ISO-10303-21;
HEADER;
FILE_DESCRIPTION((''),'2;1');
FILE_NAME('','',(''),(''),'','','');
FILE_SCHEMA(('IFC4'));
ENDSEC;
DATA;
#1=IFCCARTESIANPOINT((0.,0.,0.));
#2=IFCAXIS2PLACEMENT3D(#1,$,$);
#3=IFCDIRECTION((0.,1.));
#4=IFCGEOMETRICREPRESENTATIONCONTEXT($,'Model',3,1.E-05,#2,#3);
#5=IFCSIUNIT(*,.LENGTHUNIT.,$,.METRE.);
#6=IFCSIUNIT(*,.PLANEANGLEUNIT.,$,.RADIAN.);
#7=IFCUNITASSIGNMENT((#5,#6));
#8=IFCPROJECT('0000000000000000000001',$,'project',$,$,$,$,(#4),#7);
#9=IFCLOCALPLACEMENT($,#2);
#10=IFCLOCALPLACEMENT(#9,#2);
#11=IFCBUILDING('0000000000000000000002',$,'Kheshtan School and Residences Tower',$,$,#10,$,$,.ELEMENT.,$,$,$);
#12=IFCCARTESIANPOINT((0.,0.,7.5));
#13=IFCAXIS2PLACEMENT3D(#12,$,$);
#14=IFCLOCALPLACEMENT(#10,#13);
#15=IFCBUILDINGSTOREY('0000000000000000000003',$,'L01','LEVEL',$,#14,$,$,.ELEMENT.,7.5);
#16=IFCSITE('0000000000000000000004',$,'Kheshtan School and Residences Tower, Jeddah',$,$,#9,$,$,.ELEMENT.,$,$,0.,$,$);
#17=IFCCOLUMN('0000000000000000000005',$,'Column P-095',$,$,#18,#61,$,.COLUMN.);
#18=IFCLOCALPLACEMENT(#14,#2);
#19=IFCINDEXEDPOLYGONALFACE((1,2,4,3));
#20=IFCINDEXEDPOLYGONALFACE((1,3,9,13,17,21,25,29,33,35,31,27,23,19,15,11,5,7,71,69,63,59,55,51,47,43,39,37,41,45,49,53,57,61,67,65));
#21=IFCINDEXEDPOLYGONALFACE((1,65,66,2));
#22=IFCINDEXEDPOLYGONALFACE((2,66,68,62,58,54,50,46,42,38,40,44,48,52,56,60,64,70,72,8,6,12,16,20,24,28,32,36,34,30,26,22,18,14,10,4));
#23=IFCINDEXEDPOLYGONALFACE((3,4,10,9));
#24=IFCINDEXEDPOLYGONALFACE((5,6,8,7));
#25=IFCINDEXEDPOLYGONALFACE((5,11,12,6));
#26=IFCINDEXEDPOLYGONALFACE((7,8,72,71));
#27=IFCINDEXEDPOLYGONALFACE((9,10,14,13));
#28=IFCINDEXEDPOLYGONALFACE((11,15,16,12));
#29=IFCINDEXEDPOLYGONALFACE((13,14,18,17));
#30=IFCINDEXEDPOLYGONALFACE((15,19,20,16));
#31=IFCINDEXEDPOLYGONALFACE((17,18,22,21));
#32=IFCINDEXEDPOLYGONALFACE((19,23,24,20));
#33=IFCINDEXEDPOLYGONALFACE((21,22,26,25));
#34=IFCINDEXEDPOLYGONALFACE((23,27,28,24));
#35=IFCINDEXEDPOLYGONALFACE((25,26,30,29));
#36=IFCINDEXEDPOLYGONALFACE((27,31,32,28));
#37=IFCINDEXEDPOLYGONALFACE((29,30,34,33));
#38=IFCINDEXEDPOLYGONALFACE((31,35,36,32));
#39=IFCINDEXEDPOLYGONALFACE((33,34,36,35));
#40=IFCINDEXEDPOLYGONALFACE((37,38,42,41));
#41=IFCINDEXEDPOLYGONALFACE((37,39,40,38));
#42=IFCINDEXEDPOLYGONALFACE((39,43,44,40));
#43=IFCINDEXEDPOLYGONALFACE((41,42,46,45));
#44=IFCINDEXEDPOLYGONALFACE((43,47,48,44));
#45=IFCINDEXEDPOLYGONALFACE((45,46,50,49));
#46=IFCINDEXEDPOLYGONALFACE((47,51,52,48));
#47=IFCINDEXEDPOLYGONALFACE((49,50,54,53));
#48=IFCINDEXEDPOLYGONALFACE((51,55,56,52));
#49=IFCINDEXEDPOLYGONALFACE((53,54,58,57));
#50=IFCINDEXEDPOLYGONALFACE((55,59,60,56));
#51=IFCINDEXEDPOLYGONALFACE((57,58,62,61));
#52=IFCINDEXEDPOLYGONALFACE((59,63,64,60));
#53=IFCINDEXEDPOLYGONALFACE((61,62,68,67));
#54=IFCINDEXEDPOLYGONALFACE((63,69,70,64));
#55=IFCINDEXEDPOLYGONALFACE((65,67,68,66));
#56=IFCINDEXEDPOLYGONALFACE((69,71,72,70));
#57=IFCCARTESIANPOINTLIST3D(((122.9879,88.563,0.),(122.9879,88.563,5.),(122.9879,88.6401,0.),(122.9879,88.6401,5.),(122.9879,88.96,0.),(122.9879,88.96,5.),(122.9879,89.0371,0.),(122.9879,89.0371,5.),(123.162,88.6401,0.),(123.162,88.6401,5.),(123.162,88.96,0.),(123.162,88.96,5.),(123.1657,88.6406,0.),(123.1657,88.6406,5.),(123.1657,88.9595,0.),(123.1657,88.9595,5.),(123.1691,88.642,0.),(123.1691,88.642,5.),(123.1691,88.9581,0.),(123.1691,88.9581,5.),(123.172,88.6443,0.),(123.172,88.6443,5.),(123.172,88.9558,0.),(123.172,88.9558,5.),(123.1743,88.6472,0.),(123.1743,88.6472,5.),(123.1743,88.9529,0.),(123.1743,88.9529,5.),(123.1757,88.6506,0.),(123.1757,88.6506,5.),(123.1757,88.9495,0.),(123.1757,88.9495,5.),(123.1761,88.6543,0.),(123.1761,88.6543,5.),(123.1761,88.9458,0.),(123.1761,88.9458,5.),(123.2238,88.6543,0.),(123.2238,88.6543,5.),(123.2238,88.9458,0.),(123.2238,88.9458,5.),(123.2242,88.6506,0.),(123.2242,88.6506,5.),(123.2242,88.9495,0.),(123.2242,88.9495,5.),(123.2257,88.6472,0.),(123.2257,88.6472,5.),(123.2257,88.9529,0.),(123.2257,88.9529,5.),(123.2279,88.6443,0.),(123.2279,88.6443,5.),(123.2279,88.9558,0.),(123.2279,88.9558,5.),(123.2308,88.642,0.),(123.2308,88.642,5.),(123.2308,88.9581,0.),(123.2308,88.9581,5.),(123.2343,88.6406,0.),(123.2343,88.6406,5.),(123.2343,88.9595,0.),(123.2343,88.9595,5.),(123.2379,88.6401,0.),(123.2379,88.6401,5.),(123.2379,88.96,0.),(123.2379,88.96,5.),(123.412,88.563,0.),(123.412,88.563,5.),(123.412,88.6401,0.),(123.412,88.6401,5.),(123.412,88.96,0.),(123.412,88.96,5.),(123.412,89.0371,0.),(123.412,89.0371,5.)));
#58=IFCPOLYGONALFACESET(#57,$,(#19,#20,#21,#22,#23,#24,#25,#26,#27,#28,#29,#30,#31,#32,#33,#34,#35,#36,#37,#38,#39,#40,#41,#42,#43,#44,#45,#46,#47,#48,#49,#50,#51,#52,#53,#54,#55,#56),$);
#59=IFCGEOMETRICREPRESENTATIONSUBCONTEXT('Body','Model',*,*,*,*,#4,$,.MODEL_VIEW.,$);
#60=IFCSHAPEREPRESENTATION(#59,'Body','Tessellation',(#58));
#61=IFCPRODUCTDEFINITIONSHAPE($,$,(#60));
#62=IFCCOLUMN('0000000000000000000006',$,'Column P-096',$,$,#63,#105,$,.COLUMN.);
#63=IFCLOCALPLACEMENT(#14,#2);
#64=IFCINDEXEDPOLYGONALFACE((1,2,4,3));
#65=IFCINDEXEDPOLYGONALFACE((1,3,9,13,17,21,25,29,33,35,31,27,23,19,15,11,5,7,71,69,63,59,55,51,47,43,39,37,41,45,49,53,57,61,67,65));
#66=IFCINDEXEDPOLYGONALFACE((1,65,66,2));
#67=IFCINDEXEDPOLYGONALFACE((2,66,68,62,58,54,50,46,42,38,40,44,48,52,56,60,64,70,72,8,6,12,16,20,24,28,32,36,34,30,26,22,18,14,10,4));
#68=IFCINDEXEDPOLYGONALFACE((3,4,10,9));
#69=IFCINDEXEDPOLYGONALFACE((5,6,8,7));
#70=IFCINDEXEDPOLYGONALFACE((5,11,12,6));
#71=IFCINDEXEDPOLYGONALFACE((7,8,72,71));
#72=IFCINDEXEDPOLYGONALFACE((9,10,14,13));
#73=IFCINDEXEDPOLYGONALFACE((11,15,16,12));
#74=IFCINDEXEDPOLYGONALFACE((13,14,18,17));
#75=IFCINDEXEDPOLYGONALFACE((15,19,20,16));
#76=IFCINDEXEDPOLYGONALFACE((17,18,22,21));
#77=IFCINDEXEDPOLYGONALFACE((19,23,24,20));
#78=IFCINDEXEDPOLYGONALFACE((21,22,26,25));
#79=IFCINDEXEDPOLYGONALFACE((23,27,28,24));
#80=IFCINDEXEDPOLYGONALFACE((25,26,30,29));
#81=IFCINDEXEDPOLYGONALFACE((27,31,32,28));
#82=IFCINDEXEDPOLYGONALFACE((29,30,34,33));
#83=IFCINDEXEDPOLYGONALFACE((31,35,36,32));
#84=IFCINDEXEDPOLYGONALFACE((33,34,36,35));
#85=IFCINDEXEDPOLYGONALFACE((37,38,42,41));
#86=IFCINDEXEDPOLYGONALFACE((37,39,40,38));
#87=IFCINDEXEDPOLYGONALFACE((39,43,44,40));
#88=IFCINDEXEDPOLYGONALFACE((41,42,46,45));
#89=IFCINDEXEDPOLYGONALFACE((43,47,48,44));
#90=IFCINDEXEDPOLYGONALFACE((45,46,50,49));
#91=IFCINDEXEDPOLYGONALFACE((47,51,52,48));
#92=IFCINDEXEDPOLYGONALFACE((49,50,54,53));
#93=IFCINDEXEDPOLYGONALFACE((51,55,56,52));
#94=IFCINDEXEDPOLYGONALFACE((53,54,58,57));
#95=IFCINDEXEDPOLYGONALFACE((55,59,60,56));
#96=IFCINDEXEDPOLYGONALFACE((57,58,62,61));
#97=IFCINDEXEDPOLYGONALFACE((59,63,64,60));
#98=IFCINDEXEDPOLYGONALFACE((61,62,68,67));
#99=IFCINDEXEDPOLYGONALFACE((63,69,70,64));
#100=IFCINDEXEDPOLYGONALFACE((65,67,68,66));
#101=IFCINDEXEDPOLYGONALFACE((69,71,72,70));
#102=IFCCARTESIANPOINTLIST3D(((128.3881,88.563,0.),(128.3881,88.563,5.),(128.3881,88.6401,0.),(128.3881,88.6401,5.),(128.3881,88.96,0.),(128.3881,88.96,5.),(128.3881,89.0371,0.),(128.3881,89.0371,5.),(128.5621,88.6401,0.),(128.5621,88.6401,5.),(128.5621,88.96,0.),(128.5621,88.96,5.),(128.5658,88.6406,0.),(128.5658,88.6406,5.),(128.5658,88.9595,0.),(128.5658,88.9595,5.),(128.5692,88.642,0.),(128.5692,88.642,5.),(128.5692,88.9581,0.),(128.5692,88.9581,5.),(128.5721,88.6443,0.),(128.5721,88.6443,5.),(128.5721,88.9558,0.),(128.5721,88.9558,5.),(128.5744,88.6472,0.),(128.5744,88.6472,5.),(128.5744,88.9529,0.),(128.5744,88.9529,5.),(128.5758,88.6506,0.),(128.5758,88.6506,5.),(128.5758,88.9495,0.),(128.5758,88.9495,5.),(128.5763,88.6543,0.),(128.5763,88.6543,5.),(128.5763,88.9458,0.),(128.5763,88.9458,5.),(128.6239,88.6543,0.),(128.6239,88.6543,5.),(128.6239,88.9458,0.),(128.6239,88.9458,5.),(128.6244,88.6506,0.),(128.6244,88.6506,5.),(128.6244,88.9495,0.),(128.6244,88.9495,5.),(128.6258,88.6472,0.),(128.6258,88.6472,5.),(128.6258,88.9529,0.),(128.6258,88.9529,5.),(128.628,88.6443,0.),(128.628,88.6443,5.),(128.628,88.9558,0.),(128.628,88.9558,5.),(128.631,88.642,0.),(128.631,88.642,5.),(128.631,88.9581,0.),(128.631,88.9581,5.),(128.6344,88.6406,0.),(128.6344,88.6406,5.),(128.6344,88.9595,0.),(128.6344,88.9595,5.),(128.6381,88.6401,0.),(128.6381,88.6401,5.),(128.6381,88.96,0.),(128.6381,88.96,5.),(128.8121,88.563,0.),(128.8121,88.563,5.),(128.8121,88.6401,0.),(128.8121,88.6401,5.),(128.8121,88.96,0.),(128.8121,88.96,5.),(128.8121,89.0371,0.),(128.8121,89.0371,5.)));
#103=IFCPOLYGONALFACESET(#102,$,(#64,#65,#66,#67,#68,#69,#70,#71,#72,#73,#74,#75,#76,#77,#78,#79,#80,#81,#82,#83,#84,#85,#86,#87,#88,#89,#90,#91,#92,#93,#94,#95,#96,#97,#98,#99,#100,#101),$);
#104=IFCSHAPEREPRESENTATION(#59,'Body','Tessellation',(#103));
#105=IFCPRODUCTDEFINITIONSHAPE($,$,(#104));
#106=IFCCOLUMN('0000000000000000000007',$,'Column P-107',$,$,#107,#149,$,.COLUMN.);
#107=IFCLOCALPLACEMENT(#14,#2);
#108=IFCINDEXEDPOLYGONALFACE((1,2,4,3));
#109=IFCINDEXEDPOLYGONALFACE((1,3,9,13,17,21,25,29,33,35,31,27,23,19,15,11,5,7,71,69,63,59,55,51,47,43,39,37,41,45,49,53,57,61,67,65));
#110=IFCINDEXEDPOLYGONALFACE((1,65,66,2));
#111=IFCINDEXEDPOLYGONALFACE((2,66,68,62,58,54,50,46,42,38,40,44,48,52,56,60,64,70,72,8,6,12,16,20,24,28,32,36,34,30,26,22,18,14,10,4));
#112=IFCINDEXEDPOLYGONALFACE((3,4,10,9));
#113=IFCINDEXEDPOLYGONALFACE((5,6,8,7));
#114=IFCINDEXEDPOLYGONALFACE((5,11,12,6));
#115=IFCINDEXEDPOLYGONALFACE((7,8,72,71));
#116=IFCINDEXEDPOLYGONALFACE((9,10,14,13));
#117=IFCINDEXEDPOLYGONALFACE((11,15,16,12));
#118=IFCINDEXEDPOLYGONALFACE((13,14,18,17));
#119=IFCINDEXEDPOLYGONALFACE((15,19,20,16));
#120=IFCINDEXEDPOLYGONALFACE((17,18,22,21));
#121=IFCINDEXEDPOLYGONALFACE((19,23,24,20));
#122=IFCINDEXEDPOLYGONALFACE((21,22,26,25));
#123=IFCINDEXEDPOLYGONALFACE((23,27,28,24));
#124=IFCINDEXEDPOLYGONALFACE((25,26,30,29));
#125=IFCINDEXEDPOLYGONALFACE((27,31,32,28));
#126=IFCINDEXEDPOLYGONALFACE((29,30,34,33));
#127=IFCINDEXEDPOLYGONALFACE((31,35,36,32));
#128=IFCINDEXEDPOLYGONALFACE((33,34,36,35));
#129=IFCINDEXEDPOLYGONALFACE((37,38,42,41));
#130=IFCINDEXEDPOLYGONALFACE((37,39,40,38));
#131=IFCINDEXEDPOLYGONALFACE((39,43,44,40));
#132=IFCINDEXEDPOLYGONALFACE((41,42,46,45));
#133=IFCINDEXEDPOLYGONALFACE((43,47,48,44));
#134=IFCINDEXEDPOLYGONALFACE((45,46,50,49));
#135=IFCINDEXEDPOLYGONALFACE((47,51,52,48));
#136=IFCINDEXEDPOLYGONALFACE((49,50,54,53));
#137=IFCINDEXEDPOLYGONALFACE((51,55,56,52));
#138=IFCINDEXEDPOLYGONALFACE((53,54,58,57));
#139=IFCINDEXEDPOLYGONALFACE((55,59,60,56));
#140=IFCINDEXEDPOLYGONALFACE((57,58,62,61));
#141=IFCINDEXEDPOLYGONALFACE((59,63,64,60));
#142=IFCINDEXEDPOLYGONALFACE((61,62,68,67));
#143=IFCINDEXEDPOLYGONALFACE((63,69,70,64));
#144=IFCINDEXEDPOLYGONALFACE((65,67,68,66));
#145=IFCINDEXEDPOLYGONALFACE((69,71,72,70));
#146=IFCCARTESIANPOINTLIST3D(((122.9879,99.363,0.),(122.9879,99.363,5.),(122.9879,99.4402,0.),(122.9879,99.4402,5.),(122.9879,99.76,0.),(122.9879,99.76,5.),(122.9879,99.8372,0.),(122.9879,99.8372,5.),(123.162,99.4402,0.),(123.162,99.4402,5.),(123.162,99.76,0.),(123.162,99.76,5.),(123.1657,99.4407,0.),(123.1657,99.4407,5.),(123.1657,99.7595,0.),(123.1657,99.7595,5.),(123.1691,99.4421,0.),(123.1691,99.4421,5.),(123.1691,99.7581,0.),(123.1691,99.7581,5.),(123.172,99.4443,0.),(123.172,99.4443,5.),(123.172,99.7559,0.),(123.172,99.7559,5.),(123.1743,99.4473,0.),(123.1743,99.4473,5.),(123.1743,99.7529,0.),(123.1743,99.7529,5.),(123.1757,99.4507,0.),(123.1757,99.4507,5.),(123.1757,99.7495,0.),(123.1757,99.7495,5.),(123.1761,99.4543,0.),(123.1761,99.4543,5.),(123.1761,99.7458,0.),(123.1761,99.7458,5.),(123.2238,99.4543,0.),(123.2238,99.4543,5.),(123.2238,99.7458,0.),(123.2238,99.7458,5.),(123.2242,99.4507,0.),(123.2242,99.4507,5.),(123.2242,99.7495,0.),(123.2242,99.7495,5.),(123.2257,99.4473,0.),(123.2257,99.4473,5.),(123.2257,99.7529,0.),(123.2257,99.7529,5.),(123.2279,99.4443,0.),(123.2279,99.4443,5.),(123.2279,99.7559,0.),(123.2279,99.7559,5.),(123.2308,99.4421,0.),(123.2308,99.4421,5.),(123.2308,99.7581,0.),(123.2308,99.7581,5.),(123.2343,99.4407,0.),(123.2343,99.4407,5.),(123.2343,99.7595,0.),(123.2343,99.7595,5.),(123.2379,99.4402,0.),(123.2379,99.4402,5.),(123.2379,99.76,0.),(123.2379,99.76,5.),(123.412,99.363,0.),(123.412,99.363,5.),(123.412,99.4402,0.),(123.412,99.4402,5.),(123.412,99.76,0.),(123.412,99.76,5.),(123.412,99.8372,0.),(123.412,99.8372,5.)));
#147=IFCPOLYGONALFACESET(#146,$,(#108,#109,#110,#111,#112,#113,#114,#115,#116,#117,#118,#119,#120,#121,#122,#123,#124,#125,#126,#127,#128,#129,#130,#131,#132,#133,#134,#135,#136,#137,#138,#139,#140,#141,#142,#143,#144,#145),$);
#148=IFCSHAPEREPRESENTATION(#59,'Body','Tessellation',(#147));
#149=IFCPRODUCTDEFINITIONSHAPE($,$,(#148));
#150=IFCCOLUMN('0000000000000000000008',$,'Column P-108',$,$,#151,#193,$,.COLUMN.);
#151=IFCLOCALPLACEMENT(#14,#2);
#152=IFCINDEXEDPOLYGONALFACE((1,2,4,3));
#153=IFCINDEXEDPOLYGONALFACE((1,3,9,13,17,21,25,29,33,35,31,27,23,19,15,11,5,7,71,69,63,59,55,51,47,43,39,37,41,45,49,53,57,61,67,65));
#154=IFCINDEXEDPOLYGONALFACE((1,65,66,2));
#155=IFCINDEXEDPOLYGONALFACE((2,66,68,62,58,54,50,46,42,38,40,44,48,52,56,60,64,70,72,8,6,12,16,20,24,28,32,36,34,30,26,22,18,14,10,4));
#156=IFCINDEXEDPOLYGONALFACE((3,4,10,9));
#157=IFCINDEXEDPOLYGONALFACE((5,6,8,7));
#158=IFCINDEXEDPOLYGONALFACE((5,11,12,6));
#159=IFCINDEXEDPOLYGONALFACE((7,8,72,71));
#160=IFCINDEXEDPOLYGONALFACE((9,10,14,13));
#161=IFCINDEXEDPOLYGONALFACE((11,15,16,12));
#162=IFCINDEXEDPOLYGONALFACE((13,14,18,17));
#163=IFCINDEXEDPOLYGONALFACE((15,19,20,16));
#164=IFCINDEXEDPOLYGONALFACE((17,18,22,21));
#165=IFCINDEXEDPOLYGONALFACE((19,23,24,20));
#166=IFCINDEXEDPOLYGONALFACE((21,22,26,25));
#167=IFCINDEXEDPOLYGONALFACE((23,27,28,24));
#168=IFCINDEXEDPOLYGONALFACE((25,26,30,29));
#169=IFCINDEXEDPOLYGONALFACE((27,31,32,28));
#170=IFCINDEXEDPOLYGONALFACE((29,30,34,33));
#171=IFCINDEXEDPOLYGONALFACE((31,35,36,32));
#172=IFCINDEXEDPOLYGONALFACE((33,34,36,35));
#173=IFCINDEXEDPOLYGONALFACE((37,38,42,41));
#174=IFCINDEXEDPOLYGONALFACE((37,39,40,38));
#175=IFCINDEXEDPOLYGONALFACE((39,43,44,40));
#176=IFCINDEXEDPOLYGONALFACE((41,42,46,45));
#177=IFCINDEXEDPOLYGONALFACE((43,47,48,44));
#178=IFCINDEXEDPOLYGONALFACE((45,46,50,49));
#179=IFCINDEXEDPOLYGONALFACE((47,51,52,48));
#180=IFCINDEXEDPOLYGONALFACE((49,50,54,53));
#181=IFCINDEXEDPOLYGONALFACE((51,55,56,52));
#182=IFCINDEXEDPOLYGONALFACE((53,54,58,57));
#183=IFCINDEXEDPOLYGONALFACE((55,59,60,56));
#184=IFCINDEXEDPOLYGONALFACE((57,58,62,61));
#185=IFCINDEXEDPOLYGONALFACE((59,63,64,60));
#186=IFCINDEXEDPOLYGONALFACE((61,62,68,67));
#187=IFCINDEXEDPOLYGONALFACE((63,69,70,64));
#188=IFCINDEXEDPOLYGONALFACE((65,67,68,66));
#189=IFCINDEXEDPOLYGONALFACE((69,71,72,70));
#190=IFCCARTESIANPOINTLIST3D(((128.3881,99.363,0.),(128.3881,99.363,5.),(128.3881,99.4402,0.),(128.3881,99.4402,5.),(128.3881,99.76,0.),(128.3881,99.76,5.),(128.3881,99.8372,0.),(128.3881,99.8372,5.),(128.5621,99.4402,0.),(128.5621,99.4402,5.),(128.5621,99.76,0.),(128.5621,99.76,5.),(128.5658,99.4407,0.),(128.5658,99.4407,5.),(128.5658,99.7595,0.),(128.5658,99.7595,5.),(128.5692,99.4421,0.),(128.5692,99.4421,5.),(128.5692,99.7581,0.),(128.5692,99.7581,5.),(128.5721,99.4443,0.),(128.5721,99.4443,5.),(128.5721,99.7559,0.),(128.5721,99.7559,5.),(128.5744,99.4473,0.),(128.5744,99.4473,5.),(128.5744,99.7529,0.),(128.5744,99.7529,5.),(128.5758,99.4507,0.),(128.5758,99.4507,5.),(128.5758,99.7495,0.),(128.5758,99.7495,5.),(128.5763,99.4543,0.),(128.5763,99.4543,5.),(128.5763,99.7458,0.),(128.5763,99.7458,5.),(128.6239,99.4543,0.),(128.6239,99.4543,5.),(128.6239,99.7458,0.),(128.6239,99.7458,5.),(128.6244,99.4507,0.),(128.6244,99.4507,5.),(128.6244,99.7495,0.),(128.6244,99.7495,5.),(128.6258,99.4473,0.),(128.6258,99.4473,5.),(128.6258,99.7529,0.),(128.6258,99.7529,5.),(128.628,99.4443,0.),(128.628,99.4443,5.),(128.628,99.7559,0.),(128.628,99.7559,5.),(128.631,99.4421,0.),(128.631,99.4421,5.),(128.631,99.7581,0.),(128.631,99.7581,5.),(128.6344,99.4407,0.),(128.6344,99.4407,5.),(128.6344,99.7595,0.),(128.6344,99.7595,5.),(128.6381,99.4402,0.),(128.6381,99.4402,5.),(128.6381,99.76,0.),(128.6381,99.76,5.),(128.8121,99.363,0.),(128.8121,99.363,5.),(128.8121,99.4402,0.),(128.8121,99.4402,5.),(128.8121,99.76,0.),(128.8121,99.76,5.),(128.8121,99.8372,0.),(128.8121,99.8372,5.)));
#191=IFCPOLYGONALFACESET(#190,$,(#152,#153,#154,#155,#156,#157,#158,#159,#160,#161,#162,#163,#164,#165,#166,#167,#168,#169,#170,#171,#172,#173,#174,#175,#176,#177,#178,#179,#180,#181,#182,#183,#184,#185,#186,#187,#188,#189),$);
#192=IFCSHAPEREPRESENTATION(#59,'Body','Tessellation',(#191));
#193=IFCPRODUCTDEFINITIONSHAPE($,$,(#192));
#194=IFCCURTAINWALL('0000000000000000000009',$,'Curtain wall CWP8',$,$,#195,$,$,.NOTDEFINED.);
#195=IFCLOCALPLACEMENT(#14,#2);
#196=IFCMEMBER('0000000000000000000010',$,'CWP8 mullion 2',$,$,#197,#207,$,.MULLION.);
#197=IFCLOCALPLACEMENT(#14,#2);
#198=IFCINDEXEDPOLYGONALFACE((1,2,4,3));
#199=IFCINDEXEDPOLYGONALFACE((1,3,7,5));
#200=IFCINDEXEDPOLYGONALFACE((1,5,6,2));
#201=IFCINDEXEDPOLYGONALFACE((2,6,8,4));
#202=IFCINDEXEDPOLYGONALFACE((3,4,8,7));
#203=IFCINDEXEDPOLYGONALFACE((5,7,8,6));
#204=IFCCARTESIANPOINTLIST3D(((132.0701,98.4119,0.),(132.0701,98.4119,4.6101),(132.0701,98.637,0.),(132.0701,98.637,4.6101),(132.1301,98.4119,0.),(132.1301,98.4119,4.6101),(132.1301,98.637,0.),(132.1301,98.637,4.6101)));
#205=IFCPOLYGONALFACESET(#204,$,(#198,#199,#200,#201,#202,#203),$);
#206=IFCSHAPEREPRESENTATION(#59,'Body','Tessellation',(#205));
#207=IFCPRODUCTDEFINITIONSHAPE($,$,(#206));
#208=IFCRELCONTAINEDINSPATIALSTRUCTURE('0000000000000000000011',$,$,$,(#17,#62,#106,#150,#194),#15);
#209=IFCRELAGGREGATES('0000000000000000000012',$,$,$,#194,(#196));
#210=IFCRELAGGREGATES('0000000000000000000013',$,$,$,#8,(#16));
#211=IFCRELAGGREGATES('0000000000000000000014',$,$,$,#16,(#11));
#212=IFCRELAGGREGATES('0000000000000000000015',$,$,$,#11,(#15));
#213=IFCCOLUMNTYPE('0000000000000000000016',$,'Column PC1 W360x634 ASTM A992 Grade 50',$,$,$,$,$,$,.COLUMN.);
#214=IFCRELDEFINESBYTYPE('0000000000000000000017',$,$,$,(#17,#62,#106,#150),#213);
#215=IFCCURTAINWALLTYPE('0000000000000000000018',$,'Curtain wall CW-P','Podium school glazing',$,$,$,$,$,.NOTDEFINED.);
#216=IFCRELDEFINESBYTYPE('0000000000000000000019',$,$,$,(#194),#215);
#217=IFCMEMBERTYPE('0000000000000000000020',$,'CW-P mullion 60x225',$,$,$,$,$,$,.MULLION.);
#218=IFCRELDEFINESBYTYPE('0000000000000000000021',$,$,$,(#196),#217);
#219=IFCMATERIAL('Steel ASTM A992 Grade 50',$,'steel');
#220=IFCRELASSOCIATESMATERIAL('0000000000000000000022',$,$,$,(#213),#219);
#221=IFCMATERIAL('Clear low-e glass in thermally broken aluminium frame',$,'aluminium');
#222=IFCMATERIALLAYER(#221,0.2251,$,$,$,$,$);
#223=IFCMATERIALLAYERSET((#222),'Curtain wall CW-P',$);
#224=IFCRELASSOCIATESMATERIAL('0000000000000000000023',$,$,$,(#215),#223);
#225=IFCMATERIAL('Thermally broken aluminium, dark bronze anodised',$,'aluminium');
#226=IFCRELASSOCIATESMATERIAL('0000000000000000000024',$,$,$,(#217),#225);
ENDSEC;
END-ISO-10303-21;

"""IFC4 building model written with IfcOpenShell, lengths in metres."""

from ifc_helpers import new_model, si_unit, direction, frame, origin, origin_2d, place, context, subcontext, project, spatial, rectangle, i_section, extrude, material, layer, layer_set, material_profile, profile_set, type_object, element, aggregate, save


model = new_model("IFC4")

# Units and contexts
model_context = context("Model", 3, precision=1e-05, world=origin(), true_north=direction((0.0, 1.0)))
body_context = subcontext(model_context, "Body", "Model", "MODEL_VIEW")
ifc_project = project(units=[si_unit("LENGTHUNIT", "METRE"), si_unit("PLANEANGLEUNIT", "RADIAN")], contexts=[model_context])

# Site, building, storey
site_placement = place(None, origin())
site = spatial("IfcSite", under=ifc_project, at=site_placement, Name="Kheshtan School and Residences Tower, Jeddah", CompositionType="ELEMENT", RefElevation=0.0)
building_placement = place(site_placement, origin())
building = spatial("IfcBuilding", under=site, at=building_placement, Name="Kheshtan School and Residences Tower", CompositionType="ELEMENT")
storey_placement = place(building_placement, frame((0.0, 0.0, 7.5)))
storey = spatial("IfcBuildingStorey", under=building, at=storey_placement, Name="L01", Description="LEVEL", CompositionType="ELEMENT", Elevation=7.5)

# Columns
ifc_material_1 = material(Name="Steel ASTM A992 Grade 50", Category="steel")
ifc_material_profile_1 = material_profile(ifc_material_1, i_section(OverallWidth=0.4241, OverallDepth=0.4741, WebThickness=0.0476, FlangeThickness=0.0771, FilletRadius=0.0142, at=origin_2d()), Name="W360x634")
ifc_profile_set_1 = profile_set([ifc_material_profile_1], Name="Steel ASTM A992 Grade 50")
column_type = type_object("IfcColumnType", Name="Column PC1 W360x634 ASTM A992 Grade 50", PredefinedType="COLUMN", material=ifc_profile_set_1)
for number, where, z_axis, x_axis, name in (
    (1, (123.2, 88.8, 0.0), (0.0, 0.0, 1.0), (1.0, 0.0, 0.0), "Column P-095"),
    (2, (128.6001, 88.8, 0.0), (0.0, 0.0, 1.0), (1.0, 0.0, 0.0), "Column P-096"),
    (3, (123.2, 99.6001, 0.0), (0.0, 0.0, 1.0), (1.0, 0.0, 0.0), "Column P-107"),
    (4, (128.6001, 99.6001, 0.0), (0.0, 0.0, 1.0), (1.0, 0.0, 0.0), "Column P-108"),
):
    element("IfcColumn", number, at=place(storey_placement, frame(where, z_axis=z_axis, x_axis=x_axis)), inside=storey, type_object=column_type, Name=name, PredefinedType="COLUMN", context=body_context, shape_type="SweptSolid", body=[
        extrude(i_section(OverallWidth=0.4241, OverallDepth=0.4741, WebThickness=0.0476, FlangeThickness=0.0771, FilletRadius=0.0142, at=origin_2d()), origin(), (0.0, 0.0, 1.0), 5.0),
    ])

# Curtain wall, member
ifc_material_2 = material(Name="Clear low-e glass in thermally broken aluminium frame", Category="aluminium")
ifc_layer_1 = layer(ifc_material_2, 0.2251)
ifc_layer_set_1 = layer_set([ifc_layer_1], Name="Curtain wall CW-P")
curtain_wall_type = type_object("IfcCurtainWallType", Name="Curtain wall CW-P", Description="Podium school glazing", PredefinedType="NOTDEFINED", material=ifc_layer_set_1)
curtain_wall_placement = place(storey_placement, origin())
curtain_wall = element("IfcCurtainWall", 5, at=curtain_wall_placement, inside=storey, type_object=curtain_wall_type, Name="Curtain wall CWP8", PredefinedType="NOTDEFINED")
ifc_material_3 = material(Name="Thermally broken aluminium, dark bronze anodised", Category="aluminium")
ifc_material_profile_2 = material_profile(ifc_material_3, rectangle(XDim=0.0601, YDim=0.2251, at=origin_2d()), Name="CW-P mullion 60x225")
ifc_profile_set_2 = profile_set([ifc_material_profile_2], Name="Thermally broken aluminium, dark bronze anodised")
member_type = type_object("IfcMemberType", Name="CW-P mullion 60x225", PredefinedType="MULLION", material=ifc_profile_set_2)
member_1_placement = place(storey_placement, frame((132.1001, 98.5244, 0.0), z_axis=(0.0, 0.0, 1.0), x_axis=(1.0, 0.0, 0.0)))
member_1 = element("IfcMember", 6, at=member_1_placement, type_object=member_type, Name="CWP8 mullion 2", PredefinedType="MULLION", context=body_context, shape_type="SweptSolid", body=[
    extrude(rectangle(XDim=0.0601, YDim=0.2251, at=origin_2d()), origin(), (0.0, 0.0, 1.0), 4.6101),
])
aggregate(curtain_wall, [member_1])

save(model, "model.ifc")
